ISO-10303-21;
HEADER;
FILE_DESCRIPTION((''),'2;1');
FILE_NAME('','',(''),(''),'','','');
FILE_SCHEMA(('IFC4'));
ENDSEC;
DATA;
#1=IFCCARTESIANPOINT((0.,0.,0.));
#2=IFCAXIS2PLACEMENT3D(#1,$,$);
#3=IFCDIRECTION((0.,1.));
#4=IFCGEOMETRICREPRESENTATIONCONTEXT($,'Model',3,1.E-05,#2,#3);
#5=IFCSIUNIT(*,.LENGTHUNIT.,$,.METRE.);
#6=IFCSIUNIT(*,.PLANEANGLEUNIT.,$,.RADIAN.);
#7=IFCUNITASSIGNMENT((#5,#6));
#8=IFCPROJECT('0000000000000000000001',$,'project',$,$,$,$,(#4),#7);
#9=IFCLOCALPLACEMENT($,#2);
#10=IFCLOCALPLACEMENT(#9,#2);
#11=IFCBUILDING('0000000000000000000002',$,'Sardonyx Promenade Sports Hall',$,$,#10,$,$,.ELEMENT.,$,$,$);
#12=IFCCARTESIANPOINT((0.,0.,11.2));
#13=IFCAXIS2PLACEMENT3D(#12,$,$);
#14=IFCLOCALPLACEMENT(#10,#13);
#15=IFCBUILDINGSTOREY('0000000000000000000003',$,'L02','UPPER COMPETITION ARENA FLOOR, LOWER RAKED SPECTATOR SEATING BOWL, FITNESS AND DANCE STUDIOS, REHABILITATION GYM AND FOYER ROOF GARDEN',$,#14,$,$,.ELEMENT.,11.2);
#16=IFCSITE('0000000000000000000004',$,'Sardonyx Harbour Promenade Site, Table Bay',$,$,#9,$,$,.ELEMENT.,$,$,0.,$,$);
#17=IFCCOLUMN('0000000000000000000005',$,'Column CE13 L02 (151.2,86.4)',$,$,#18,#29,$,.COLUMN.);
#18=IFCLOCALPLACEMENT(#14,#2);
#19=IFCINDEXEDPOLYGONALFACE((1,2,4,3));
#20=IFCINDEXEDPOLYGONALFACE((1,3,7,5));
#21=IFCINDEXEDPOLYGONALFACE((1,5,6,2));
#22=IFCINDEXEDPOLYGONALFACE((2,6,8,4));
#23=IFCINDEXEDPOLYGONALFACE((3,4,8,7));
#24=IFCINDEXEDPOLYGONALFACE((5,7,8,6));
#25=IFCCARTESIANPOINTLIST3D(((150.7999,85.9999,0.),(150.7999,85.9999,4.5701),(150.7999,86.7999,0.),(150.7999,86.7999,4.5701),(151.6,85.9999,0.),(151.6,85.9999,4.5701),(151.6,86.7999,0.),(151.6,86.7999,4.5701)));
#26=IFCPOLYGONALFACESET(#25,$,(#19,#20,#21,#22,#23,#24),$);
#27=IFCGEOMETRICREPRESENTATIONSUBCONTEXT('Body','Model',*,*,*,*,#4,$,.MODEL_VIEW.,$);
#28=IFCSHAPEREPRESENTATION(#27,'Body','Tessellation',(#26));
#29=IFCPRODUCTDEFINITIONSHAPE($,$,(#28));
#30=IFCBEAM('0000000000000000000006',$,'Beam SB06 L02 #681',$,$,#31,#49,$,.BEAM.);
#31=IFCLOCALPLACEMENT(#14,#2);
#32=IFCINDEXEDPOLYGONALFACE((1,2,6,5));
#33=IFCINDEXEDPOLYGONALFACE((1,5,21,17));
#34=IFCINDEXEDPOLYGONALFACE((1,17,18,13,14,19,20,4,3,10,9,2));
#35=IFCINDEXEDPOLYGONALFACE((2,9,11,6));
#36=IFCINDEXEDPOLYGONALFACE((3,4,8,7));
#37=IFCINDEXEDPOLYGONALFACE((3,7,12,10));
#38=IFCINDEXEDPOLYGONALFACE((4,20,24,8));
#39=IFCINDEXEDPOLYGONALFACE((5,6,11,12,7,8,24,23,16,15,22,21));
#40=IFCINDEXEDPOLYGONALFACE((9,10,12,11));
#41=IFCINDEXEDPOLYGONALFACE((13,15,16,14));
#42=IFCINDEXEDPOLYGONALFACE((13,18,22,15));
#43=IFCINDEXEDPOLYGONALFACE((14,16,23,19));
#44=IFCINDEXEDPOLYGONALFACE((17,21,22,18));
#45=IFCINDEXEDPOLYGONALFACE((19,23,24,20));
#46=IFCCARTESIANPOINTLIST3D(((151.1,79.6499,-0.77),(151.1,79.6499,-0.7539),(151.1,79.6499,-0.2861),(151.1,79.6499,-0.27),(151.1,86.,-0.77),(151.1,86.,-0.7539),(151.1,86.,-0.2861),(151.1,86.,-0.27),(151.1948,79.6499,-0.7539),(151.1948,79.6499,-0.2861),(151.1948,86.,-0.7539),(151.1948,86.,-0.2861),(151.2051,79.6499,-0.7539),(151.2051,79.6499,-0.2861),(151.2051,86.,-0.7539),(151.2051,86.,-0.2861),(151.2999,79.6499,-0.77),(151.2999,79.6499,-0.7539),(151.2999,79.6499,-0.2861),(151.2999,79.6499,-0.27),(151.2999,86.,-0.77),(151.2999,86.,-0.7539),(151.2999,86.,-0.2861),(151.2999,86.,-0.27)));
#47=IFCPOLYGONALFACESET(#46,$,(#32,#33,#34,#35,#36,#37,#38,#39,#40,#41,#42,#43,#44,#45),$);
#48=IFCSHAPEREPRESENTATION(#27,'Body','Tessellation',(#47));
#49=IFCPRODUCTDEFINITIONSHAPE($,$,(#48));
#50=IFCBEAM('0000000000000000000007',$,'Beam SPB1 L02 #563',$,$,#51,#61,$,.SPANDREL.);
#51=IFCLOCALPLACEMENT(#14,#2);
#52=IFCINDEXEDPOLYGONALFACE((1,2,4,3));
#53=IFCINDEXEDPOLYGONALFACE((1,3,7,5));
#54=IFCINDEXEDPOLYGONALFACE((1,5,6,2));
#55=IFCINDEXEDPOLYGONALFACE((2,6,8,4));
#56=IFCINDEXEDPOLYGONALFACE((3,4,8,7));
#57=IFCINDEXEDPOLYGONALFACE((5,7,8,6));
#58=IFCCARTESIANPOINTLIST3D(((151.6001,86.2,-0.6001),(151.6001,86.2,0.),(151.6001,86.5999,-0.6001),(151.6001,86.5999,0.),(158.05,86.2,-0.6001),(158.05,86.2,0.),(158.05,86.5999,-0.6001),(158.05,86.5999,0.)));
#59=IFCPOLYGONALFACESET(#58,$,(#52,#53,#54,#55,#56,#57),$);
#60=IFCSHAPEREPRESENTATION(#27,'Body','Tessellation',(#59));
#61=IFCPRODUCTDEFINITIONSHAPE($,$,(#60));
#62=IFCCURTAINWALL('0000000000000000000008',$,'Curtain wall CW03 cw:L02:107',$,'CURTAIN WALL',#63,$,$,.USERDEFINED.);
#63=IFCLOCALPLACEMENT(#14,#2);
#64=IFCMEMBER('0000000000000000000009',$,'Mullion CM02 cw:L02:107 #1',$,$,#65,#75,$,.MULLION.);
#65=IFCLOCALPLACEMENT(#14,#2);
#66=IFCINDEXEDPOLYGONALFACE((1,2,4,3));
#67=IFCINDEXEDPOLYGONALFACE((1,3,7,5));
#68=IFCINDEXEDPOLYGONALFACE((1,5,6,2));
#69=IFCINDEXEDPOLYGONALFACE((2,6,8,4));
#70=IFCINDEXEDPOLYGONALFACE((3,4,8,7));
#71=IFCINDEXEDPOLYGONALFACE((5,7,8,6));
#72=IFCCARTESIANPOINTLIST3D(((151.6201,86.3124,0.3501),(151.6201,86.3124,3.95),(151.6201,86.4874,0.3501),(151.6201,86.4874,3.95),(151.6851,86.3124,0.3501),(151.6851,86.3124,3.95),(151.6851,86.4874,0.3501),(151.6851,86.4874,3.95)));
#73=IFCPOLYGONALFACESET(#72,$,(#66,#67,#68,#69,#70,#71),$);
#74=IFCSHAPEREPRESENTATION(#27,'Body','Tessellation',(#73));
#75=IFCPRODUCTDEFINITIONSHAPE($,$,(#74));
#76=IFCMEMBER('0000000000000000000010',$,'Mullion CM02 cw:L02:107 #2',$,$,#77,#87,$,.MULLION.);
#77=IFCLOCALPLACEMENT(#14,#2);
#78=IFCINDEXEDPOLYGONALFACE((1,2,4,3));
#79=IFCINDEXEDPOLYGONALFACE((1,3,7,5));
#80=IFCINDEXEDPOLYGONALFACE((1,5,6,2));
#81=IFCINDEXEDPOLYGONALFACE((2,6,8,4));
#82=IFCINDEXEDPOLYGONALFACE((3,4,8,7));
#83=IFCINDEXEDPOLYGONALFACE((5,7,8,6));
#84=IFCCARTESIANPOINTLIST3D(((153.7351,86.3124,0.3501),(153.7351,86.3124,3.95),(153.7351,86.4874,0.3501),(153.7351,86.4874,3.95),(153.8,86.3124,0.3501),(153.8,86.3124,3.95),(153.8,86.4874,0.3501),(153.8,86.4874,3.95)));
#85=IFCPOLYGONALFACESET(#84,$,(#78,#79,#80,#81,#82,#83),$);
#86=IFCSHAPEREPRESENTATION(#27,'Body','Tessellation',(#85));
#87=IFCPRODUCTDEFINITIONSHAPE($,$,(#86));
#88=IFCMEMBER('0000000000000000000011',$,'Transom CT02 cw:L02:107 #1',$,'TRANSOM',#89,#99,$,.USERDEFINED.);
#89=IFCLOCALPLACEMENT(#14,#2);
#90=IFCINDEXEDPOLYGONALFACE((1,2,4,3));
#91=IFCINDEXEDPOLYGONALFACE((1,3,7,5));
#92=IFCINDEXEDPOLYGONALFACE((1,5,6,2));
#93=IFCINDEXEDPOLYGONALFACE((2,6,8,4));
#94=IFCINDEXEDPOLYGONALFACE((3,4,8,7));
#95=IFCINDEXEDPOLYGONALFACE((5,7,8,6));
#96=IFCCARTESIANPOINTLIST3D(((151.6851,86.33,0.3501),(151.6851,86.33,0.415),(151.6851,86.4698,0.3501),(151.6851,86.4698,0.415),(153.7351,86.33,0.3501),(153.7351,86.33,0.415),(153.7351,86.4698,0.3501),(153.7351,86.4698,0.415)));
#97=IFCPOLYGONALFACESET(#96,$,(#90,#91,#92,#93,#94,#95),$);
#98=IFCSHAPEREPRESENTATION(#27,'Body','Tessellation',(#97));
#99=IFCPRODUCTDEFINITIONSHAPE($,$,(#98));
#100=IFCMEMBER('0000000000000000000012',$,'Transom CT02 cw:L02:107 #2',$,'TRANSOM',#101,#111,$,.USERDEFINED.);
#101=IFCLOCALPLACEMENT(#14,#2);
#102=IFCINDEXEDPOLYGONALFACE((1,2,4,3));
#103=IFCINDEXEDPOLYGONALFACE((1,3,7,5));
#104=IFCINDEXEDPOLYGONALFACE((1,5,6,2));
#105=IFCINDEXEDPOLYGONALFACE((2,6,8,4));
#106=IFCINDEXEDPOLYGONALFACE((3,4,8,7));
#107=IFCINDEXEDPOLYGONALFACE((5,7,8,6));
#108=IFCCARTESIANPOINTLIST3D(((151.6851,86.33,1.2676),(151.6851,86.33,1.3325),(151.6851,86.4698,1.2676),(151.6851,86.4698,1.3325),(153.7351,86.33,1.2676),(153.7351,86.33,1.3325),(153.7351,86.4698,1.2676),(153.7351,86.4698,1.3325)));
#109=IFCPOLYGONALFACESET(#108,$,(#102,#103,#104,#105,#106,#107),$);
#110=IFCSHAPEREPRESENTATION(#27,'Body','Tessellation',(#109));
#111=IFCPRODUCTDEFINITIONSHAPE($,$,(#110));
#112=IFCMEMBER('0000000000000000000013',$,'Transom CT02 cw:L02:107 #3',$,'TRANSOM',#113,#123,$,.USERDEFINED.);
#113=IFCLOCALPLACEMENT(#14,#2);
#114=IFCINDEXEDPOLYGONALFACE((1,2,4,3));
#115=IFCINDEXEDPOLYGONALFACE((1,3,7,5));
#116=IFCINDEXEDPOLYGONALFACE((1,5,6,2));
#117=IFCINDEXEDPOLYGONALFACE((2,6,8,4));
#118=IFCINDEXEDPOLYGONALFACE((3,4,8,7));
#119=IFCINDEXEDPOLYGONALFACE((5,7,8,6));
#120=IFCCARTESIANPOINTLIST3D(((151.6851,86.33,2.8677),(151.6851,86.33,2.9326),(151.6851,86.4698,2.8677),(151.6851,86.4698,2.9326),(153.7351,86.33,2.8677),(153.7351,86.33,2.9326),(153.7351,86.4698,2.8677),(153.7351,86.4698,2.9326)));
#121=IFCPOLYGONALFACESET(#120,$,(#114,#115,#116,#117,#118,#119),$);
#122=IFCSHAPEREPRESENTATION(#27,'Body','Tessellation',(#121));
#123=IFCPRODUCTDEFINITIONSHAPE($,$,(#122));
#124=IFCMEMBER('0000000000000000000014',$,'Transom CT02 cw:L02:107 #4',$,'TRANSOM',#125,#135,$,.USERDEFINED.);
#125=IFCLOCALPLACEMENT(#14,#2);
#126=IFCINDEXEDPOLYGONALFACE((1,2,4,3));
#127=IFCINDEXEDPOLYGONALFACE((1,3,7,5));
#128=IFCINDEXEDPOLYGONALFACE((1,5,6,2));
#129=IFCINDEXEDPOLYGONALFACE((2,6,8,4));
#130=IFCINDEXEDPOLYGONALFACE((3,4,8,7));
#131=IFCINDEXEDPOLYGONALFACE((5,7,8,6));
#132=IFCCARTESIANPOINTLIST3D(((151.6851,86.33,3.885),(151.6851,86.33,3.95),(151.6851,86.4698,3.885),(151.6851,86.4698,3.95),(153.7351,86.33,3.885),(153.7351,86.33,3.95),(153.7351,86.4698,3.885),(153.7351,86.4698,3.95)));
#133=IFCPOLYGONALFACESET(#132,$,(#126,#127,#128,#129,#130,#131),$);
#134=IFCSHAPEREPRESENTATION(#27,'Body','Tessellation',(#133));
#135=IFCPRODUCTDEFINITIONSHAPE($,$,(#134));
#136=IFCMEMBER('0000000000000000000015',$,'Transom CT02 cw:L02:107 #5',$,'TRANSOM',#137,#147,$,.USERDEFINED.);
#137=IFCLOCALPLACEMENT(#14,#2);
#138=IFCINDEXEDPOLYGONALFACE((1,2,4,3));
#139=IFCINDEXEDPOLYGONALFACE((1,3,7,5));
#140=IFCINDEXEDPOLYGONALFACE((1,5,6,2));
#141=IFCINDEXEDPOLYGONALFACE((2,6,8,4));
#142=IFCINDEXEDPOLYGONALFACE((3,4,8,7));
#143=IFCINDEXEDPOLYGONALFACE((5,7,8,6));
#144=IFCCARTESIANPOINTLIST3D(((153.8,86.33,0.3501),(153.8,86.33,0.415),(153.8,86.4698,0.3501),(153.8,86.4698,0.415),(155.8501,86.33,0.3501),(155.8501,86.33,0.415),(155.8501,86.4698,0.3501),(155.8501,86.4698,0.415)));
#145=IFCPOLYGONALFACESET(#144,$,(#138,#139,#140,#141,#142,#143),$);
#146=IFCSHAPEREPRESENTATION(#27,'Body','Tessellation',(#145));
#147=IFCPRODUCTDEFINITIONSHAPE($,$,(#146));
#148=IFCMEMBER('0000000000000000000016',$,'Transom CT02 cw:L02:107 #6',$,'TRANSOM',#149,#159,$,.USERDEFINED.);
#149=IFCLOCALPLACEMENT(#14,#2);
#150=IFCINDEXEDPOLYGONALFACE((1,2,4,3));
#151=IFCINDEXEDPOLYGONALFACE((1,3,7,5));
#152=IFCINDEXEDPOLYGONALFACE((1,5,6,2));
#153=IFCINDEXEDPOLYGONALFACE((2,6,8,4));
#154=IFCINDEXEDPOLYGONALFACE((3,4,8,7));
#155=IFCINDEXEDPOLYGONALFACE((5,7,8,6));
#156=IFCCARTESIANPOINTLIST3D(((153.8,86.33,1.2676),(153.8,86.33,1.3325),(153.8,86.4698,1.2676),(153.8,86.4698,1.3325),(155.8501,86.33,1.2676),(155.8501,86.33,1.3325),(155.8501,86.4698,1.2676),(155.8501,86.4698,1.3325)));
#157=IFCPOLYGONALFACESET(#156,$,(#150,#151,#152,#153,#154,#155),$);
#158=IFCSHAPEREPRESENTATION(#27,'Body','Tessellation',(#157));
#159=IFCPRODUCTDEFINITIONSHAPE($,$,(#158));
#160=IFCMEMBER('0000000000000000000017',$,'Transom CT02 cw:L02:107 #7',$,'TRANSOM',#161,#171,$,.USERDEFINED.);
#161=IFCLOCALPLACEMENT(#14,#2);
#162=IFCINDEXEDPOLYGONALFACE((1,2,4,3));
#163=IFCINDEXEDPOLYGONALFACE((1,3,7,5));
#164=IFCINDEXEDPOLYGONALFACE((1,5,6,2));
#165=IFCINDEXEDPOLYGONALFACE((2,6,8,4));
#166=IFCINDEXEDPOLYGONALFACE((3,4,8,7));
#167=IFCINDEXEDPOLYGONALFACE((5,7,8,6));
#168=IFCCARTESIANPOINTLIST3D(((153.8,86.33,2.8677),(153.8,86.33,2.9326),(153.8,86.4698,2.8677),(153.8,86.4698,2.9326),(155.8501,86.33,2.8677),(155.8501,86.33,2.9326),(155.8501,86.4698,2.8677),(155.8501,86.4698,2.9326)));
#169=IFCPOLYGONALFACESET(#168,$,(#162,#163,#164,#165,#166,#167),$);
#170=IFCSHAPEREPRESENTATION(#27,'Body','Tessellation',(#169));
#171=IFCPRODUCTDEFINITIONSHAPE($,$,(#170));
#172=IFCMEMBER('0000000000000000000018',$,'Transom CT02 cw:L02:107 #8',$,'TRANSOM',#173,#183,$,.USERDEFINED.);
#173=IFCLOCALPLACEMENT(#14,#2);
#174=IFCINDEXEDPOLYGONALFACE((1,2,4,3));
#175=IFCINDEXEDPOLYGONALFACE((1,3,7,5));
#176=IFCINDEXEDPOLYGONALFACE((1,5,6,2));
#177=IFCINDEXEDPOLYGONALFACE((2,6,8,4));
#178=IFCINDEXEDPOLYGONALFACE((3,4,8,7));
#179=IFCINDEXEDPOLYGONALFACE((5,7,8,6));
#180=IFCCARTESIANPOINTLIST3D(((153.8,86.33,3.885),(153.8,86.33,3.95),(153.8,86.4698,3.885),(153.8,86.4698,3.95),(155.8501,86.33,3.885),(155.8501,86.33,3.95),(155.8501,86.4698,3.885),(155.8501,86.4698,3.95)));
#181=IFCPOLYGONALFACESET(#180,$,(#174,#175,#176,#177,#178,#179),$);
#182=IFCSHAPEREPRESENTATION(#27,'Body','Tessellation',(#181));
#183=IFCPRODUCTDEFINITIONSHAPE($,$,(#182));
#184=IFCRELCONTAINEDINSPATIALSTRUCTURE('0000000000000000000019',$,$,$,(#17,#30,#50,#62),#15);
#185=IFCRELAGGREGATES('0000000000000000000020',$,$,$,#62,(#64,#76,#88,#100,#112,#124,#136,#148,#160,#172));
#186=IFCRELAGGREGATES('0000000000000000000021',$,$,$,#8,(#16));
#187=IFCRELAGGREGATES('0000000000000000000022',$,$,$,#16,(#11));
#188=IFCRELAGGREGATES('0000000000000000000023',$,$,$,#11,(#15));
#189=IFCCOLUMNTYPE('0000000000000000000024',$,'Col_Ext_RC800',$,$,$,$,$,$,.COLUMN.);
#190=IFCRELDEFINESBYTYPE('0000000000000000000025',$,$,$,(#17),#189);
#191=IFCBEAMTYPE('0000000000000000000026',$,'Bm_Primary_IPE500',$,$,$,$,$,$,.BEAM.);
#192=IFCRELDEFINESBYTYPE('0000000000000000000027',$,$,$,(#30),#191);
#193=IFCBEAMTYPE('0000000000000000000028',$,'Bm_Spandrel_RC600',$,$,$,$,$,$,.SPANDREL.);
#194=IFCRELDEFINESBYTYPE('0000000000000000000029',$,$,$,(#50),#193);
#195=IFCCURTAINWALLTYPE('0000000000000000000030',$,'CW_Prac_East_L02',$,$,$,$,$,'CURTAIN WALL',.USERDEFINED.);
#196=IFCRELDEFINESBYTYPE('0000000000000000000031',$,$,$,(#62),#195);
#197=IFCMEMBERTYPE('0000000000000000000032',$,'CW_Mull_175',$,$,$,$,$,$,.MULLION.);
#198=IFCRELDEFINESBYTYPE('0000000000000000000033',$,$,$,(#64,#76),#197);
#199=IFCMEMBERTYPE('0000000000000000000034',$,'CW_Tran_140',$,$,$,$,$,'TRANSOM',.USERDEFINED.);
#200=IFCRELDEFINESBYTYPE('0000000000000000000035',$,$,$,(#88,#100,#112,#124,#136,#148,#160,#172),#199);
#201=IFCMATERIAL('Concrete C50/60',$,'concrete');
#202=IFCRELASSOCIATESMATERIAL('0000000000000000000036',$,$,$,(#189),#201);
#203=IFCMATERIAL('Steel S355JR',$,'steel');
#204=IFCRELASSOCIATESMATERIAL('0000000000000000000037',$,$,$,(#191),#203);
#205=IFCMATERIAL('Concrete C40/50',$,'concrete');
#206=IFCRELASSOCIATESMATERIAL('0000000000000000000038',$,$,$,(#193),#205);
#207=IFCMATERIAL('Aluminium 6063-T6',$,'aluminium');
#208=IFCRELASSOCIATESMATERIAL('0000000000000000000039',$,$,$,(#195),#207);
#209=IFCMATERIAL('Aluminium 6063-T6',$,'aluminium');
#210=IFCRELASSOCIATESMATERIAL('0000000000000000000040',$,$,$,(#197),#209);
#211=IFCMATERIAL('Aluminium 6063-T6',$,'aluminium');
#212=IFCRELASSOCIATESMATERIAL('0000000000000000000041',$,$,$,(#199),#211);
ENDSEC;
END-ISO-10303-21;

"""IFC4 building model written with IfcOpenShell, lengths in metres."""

from ifc_helpers import new_model, si_unit, direction, frame, origin, origin_2d, place, context, subcontext, project, spatial, rectangle, i_section, extrude, material, material_profile, profile_set, type_object, element, aggregate, save


model = new_model("IFC4")

# Units and contexts
model_context = context("Model", 3, precision=1e-05, world=origin(), true_north=direction((0.0, 1.0)))
body_context = subcontext(model_context, "Body", "Model", "MODEL_VIEW")
ifc_project = project(units=[si_unit("LENGTHUNIT", "METRE"), si_unit("PLANEANGLEUNIT", "RADIAN")], contexts=[model_context])

# Site, building, storey
site_placement = place(None, origin())
site = spatial("IfcSite", under=ifc_project, at=site_placement, Name="Sardonyx Harbour Promenade Site, Table Bay", CompositionType="ELEMENT", RefElevation=0.0)
building_placement = place(site_placement, origin())
building = spatial("IfcBuilding", under=site, at=building_placement, Name="Sardonyx Promenade Sports Hall", CompositionType="ELEMENT")
storey_placement = place(building_placement, frame((0.0, 0.0, 11.2)))
storey = spatial("IfcBuildingStorey", under=building, at=storey_placement, Name="L02", Description="UPPER COMPETITION ARENA FLOOR, LOWER RAKED SPECTATOR SEATING BOWL, FITNESS AND DANCE STUDIOS, REHABILITATION GYM AND FOYER ROOF GARDEN", CompositionType="ELEMENT", Elevation=11.2)

# Column
ifc_material_1 = material(Name="Concrete C50/60", Category="concrete")
ifc_material_profile_1 = material_profile(ifc_material_1, rectangle(XDim=0.8, YDim=0.8, at=origin_2d()))
ifc_profile_set_1 = profile_set([ifc_material_profile_1], Name="Concrete C50/60")
column_type = type_object("IfcColumnType", Name="Col_Ext_RC800", PredefinedType="COLUMN", material=ifc_profile_set_1)
column_placement = place(storey_placement, frame((151.2, 86.3999, 0.0), z_axis=(0.0, 0.0, 1.0), x_axis=(1.0, 0.0, 0.0)))
element("IfcColumn", 1, at=column_placement, inside=storey, type_object=column_type, Name="Column CE13 L02 (151.2,86.4)", PredefinedType="COLUMN", context=body_context, shape_type="SweptSolid", body=[
    extrude(rectangle(XDim=0.8, YDim=0.8, at=origin_2d()), origin(), (0.0, 0.0, 1.0), 4.5701),
])

# Beams
ifc_material_2 = material(Name="Steel S355JR", Category="steel")
ifc_material_profile_2 = material_profile(ifc_material_2, i_section(OverallWidth=0.2, OverallDepth=0.5, WebThickness=0.0103, FlangeThickness=0.0161, at=origin_2d()))
ifc_profile_set_2 = profile_set([ifc_material_profile_2], Name="Steel S355JR")
beam_type_1 = type_object("IfcBeamType", Name="Bm_Primary_IPE500", PredefinedType="BEAM", material=ifc_profile_set_2)
beam_1_placement = place(storey_placement, frame((151.2, 79.6499, -0.52), z_axis=(0.0, 1.0, 0.0), x_axis=(-1.0, 0.0, 0.0)))
element("IfcBeam", 2, at=beam_1_placement, inside=storey, type_object=beam_type_1, Name="Beam SB06 L02 #681", PredefinedType="BEAM", context=body_context, shape_type="SweptSolid", body=[
    extrude(i_section(OverallWidth=0.2, OverallDepth=0.5, WebThickness=0.0103, FlangeThickness=0.0161, at=origin_2d()), origin(), (0.0, 0.0, 1.0), 6.3501),
])
ifc_material_3 = material(Name="Concrete C40/50", Category="concrete")
ifc_material_profile_3 = material_profile(ifc_material_3, rectangle(XDim=0.3999, YDim=0.6001, at=origin_2d()))
ifc_profile_set_3 = profile_set([ifc_material_profile_3], Name="Concrete C40/50")
beam_type_2 = type_object("IfcBeamType", Name="Bm_Spandrel_RC600", PredefinedType="SPANDREL", material=ifc_profile_set_3)
beam_2_placement = place(storey_placement, frame((151.6001, 86.3999, -0.3), z_axis=(1.0, 0.0, 0.0), x_axis=(0.0, 1.0, 0.0)))
element("IfcBeam", 3, at=beam_2_placement, inside=storey, type_object=beam_type_2, Name="Beam SPB1 L02 #563", PredefinedType="SPANDREL", context=body_context, shape_type="SweptSolid", body=[
    extrude(rectangle(XDim=0.3999, YDim=0.6001, at=origin_2d()), origin(), (0.0, 0.0, 1.0), 6.45),
])

# Curtain wall, members
ifc_material_4 = material(Name="Aluminium 6063-T6", Category="aluminium")
curtain_wall_type = type_object("IfcCurtainWallType", Name="CW_Prac_East_L02", ElementType="CURTAIN WALL", PredefinedType="USERDEFINED", material=ifc_material_4)
curtain_wall_placement = place(storey_placement, origin())
curtain_wall = element("IfcCurtainWall", 4, at=curtain_wall_placement, inside=storey, type_object=curtain_wall_type, Name="Curtain wall CW03 cw:L02:107", ObjectType="CURTAIN WALL", PredefinedType="USERDEFINED")
ifc_material_5 = material(Name="Aluminium 6063-T6", Category="aluminium")
ifc_material_profile_4 = material_profile(ifc_material_5, rectangle(XDim=0.0649, YDim=0.175, at=origin_2d()))
ifc_profile_set_4 = profile_set([ifc_material_profile_4], Name="Aluminium 6063-T6")
member_type_1 = type_object("IfcMemberType", Name="CW_Mull_175", PredefinedType="MULLION", material=ifc_profile_set_4)
member_1_placement = place(storey_placement, frame((151.6526, 86.3999, 0.3501), z_axis=(0.0, 0.0, 1.0), x_axis=(1.0, 0.0, 0.0)))
member_1 = element("IfcMember", 5, at=member_1_placement, type_object=member_type_1, Name="Mullion CM02 cw:L02:107 #1", PredefinedType="MULLION", context=body_context, shape_type="SweptSolid", body=[
    extrude(rectangle(XDim=0.0649, YDim=0.175, at=origin_2d()), origin(), (0.0, 0.0, 1.0), 3.5999),
])
member_2_placement = place(storey_placement, frame((153.7676, 86.3999, 0.3501), z_axis=(0.0, 0.0, 1.0), x_axis=(1.0, 0.0, 0.0)))
member_2 = element("IfcMember", 6, at=member_2_placement, type_object=member_type_1, Name="Mullion CM02 cw:L02:107 #2", PredefinedType="MULLION", context=body_context, shape_type="SweptSolid", body=[
    extrude(rectangle(XDim=0.0649, YDim=0.175, at=origin_2d()), origin(), (0.0, 0.0, 1.0), 3.5999),
])
ifc_material_6 = material(Name="Aluminium 6063-T6", Category="aluminium")
ifc_material_profile_5 = material_profile(ifc_material_6, rectangle(XDim=0.0649, YDim=0.1399, at=origin_2d()))
ifc_profile_set_5 = profile_set([ifc_material_profile_5], Name="Aluminium 6063-T6")
member_type_2 = type_object("IfcMemberType", Name="CW_Tran_140", ElementType="TRANSOM", PredefinedType="USERDEFINED", material=ifc_profile_set_5)
member_3_placement = place(storey_placement, frame((151.6851, 86.3999, 0.3826), z_axis=(1.0, 0.0, 0.0), x_axis=(0.0, 0.0, 1.0)))
member_3 = element("IfcMember", 7, at=member_3_placement, type_object=member_type_2, Name="Transom CT02 cw:L02:107 #1", ObjectType="TRANSOM", PredefinedType="USERDEFINED", context=body_context, shape_type="SweptSolid", body=[
    extrude(rectangle(XDim=0.0649, YDim=0.1399, at=origin_2d()), origin(), (0.0, 0.0, 1.0), 2.05),
])
member_4_placement = place(storey_placement, frame((151.6851, 86.3999, 1.3), z_axis=(1.0, 0.0, 0.0), x_axis=(0.0, 0.0, 1.0)))
member_4 = element("IfcMember", 8, at=member_4_placement, type_object=member_type_2, Name="Transom CT02 cw:L02:107 #2", ObjectType="TRANSOM", PredefinedType="USERDEFINED", context=body_context, shape_type="SweptSolid", body=[
    extrude(rectangle(XDim=0.0649, YDim=0.1399, at=origin_2d()), origin(), (0.0, 0.0, 1.0), 2.05),
])
member_5_placement = place(storey_placement, frame((151.6851, 86.3999, 2.9001), z_axis=(1.0, 0.0, 0.0), x_axis=(0.0, 0.0, 1.0)))
member_5 = element("IfcMember", 9, at=member_5_placement, type_object=member_type_2, Name="Transom CT02 cw:L02:107 #3", ObjectType="TRANSOM", PredefinedType="USERDEFINED", context=body_context, shape_type="SweptSolid", body=[
    extrude(rectangle(XDim=0.0649, YDim=0.1399, at=origin_2d()), origin(), (0.0, 0.0, 1.0), 2.05),
])
member_6_placement = place(storey_placement, frame((151.6851, 86.3999, 3.9175), z_axis=(1.0, 0.0, 0.0), x_axis=(0.0, 0.0, 1.0)))
member_6 = element("IfcMember", 10, at=member_6_placement, type_object=member_type_2, Name="Transom CT02 cw:L02:107 #4", ObjectType="TRANSOM", PredefinedType="USERDEFINED", context=body_context, shape_type="SweptSolid", body=[
    extrude(rectangle(XDim=0.0649, YDim=0.1399, at=origin_2d()), origin(), (0.0, 0.0, 1.0), 2.05),
])
member_7_placement = place(storey_placement, frame((153.8, 86.3999, 0.3826), z_axis=(1.0, 0.0, 0.0), x_axis=(0.0, 0.0, 1.0)))
member_7 = element("IfcMember", 11, at=member_7_placement, type_object=member_type_2, Name="Transom CT02 cw:L02:107 #5", ObjectType="TRANSOM", PredefinedType="USERDEFINED", context=body_context, shape_type="SweptSolid", body=[
    extrude(rectangle(XDim=0.0649, YDim=0.1399, at=origin_2d()), origin(), (0.0, 0.0, 1.0), 2.05),
])
member_8_placement = place(storey_placement, frame((153.8, 86.3999, 1.3), z_axis=(1.0, 0.0, 0.0), x_axis=(0.0, 0.0, 1.0)))
member_8 = element("IfcMember", 12, at=member_8_placement, type_object=member_type_2, Name="Transom CT02 cw:L02:107 #6", ObjectType="TRANSOM", PredefinedType="USERDEFINED", context=body_context, shape_type="SweptSolid", body=[
    extrude(rectangle(XDim=0.0649, YDim=0.1399, at=origin_2d()), origin(), (0.0, 0.0, 1.0), 2.05),
])
member_9_placement = place(storey_placement, frame((153.8, 86.3999, 2.9001), z_axis=(1.0, 0.0, 0.0), x_axis=(0.0, 0.0, 1.0)))
member_9 = element("IfcMember", 13, at=member_9_placement, type_object=member_type_2, Name="Transom CT02 cw:L02:107 #7", ObjectType="TRANSOM", PredefinedType="USERDEFINED", context=body_context, shape_type="SweptSolid", body=[
    extrude(rectangle(XDim=0.0649, YDim=0.1399, at=origin_2d()), origin(), (0.0, 0.0, 1.0), 2.05),
])
member_10_placement = place(storey_placement, frame((153.8, 86.3999, 3.9175), z_axis=(1.0, 0.0, 0.0), x_axis=(0.0, 0.0, 1.0)))
member_10 = element("IfcMember", 14, at=member_10_placement, type_object=member_type_2, Name="Transom CT02 cw:L02:107 #8", ObjectType="TRANSOM", PredefinedType="USERDEFINED", context=body_context, shape_type="SweptSolid", body=[
    extrude(rectangle(XDim=0.0649, YDim=0.1399, at=origin_2d()), origin(), (0.0, 0.0, 1.0), 2.05),
])
aggregate(curtain_wall, [member_1, member_2, member_3, member_4, member_5, member_6, member_7, member_8, member_9, member_10])

save(model, "model.ifc")
